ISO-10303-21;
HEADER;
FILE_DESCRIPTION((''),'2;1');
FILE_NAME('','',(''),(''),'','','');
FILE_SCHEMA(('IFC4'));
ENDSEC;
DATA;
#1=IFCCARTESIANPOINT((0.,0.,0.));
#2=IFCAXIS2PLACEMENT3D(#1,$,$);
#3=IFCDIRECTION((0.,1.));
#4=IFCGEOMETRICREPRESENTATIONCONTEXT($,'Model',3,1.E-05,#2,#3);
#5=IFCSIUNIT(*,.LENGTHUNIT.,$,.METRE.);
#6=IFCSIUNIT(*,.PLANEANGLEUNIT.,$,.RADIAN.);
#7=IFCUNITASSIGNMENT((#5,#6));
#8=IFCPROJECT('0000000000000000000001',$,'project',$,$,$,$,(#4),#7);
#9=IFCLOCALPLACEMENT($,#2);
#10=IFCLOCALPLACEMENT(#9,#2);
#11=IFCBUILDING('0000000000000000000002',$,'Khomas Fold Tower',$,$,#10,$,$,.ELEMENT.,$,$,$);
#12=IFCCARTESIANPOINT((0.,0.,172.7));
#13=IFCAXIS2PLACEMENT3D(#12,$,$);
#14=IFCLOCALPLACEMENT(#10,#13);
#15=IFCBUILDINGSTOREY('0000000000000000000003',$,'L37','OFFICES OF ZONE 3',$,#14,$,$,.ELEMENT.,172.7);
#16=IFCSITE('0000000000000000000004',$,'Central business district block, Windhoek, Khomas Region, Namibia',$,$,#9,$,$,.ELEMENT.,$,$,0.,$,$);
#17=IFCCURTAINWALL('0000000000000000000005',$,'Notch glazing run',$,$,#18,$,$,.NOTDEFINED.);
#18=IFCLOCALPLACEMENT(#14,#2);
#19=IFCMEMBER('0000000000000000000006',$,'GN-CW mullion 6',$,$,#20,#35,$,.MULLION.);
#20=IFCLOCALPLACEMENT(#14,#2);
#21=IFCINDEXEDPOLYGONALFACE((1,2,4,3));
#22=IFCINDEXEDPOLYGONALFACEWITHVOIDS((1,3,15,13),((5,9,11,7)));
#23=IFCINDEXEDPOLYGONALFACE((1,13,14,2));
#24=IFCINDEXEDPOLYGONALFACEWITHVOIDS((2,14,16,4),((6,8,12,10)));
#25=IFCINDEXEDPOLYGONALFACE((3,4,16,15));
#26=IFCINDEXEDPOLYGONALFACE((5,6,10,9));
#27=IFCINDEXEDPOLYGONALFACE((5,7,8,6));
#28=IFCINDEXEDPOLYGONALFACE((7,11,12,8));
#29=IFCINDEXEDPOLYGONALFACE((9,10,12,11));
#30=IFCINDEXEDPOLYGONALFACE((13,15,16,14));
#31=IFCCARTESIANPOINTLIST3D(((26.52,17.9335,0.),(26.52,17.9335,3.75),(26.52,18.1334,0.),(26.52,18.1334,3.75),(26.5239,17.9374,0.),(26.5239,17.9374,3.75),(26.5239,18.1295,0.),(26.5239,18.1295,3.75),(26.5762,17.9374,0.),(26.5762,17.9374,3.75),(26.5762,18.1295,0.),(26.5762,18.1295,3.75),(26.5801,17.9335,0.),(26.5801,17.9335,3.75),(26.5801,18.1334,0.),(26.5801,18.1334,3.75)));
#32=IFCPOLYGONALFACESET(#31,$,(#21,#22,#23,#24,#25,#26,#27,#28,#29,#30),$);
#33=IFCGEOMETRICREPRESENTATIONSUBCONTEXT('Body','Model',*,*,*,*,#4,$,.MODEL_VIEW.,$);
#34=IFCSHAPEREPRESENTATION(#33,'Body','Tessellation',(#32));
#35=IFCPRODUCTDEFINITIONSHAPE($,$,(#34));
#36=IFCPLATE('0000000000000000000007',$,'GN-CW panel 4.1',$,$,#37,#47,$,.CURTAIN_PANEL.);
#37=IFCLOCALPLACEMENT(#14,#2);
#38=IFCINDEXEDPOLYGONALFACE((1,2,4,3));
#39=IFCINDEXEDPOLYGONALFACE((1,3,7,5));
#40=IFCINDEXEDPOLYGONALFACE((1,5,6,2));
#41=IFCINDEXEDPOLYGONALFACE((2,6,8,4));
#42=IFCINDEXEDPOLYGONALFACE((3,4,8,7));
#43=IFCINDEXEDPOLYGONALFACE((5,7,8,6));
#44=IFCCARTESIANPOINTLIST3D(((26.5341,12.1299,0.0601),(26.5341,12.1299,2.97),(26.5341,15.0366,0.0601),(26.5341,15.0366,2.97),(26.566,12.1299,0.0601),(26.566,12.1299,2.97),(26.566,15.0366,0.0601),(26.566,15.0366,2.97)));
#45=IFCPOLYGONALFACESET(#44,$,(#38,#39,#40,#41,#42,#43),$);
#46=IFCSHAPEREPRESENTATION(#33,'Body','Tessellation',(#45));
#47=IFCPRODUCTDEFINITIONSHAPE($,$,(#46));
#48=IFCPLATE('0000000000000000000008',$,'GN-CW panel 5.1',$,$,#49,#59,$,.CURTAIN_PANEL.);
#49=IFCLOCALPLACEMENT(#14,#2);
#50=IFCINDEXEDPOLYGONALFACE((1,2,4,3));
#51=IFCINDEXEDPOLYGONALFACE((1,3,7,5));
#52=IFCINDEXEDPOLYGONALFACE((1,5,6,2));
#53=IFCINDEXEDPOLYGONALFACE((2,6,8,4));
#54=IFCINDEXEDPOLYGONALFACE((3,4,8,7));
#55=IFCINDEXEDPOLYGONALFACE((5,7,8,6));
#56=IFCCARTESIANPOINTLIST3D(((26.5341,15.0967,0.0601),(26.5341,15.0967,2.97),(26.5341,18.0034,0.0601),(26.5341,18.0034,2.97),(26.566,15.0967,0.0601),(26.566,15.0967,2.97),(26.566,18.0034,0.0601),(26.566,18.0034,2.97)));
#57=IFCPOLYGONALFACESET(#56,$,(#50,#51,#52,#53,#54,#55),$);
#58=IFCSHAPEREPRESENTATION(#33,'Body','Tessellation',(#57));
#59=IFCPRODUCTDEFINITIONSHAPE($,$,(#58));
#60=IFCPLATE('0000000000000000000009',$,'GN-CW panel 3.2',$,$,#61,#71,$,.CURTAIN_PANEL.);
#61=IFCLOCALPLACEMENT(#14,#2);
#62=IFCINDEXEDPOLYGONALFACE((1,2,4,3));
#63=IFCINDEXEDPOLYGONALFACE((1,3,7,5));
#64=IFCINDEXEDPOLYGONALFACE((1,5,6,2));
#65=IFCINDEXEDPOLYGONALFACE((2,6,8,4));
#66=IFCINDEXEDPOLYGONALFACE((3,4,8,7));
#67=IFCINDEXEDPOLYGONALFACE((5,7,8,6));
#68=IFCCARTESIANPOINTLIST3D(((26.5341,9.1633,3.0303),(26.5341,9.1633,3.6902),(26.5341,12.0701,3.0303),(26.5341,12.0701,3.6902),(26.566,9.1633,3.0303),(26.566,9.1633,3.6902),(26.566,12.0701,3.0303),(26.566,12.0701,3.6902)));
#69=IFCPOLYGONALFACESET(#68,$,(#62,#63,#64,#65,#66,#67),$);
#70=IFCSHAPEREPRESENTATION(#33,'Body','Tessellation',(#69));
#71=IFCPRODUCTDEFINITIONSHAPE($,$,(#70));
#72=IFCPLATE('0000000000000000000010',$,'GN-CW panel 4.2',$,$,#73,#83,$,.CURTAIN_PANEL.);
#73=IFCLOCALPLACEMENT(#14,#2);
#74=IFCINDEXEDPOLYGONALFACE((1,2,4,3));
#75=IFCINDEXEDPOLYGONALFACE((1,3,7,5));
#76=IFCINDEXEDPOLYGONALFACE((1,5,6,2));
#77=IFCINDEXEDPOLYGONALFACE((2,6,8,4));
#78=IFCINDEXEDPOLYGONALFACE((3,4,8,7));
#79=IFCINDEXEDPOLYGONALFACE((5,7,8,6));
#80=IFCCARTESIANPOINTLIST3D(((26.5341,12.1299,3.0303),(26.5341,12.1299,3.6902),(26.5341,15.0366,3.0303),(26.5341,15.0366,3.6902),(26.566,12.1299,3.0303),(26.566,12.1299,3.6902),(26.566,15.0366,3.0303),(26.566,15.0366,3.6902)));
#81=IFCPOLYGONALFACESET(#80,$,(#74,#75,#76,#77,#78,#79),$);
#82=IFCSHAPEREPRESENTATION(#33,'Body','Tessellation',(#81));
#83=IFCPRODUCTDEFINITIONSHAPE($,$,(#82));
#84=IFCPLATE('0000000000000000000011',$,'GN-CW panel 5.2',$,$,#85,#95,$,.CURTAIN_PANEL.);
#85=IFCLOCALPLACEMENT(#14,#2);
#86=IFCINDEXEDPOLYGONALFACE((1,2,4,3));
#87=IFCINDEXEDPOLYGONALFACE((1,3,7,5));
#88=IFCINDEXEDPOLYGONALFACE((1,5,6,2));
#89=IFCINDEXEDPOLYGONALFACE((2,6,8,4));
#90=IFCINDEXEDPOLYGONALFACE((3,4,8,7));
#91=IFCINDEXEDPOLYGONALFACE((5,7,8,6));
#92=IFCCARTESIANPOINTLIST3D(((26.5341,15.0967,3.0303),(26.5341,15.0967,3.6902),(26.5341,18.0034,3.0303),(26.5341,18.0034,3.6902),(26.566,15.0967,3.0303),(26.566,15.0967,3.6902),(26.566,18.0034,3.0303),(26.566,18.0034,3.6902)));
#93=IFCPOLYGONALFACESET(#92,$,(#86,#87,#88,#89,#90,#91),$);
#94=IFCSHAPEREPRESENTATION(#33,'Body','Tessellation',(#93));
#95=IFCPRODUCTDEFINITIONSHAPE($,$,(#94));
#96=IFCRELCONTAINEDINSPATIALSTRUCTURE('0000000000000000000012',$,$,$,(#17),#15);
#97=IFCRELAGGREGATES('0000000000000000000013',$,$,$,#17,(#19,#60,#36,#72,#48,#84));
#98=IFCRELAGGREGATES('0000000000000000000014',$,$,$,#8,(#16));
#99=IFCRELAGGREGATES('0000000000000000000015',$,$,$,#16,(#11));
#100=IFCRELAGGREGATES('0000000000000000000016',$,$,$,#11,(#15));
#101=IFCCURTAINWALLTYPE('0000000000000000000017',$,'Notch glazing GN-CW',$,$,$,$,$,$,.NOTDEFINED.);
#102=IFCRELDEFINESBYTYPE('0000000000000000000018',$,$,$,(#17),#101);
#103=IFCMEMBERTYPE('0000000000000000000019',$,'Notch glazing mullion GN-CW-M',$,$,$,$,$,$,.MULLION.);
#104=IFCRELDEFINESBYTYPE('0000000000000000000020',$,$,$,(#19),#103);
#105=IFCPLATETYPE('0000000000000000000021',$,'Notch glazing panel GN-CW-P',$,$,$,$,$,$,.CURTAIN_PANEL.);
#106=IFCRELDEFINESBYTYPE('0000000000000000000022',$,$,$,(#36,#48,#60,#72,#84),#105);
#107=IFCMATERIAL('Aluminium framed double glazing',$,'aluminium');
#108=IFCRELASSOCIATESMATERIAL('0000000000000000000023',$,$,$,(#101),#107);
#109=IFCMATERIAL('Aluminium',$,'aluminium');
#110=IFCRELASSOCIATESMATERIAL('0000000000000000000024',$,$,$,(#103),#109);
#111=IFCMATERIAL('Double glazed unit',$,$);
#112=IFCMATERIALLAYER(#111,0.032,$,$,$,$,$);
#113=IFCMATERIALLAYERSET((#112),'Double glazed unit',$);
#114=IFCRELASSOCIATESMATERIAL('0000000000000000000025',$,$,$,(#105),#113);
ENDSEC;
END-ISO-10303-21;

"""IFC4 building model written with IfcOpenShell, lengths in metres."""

from ifc_helpers import new_model, si_unit, direction, frame, origin, origin_2d, place, context, subcontext, project, spatial, rectangle, hollow_rectangle, extrude, source, transform, mapped, material, layer, layer_set, material_profile, profile_set, type_object, element, aggregate, save


model = new_model("IFC4")

# Units and contexts
model_context = context("Model", 3, precision=1e-05, world=origin(), true_north=direction((0.0, 1.0)))
body_context = subcontext(model_context, "Body", "Model", "MODEL_VIEW")
ifc_project = project(units=[si_unit("LENGTHUNIT", "METRE"), si_unit("PLANEANGLEUNIT", "RADIAN")], contexts=[model_context])

# Site, building, storey
site_placement = place(None, origin())
site = spatial("IfcSite", under=ifc_project, at=site_placement, Name="Central business district block, Windhoek, Khomas Region, Namibia", CompositionType="ELEMENT", RefElevation=0.0)
building_placement = place(site_placement, origin())
building = spatial("IfcBuilding", under=site, at=building_placement, Name="Khomas Fold Tower", CompositionType="ELEMENT")
storey_placement = place(building_placement, frame((0.0, 0.0, 172.7)))
storey = spatial("IfcBuildingStorey", under=building, at=storey_placement, Name="L37", Description="OFFICES OF ZONE 3", CompositionType="ELEMENT", Elevation=172.7)

# Curtain wall, member, plates
ifc_material_1 = material(Name="Aluminium framed double glazing", Category="aluminium")
curtain_wall_type = type_object("IfcCurtainWallType", Name="Notch glazing GN-CW", PredefinedType="NOTDEFINED", material=ifc_material_1)
curtain_wall_placement = place(storey_placement, origin())
curtain_wall = element("IfcCurtainWall", 1, at=curtain_wall_placement, inside=storey, type_object=curtain_wall_type, Name="Notch glazing run", PredefinedType="NOTDEFINED")
ifc_material_2 = material(Name="Aluminium", Category="aluminium")
ifc_material_profile_1 = material_profile(ifc_material_2, hollow_rectangle(XDim=0.0601, YDim=0.2, WallThickness=0.0039, at=origin_2d()), Name="Notch glazing mullion GN-CW-M")
ifc_profile_set_1 = profile_set([ifc_material_profile_1], Name="Aluminium")
member_type_1 = type_object("IfcMemberType", Name="Notch glazing mullion GN-CW-M", PredefinedType="MULLION", material=ifc_profile_set_1)
shared_shape_1 = source(origin(), body_context, "Body", "SweptSolid", [
    extrude(hollow_rectangle(XDim=0.0601, YDim=0.2, WallThickness=0.0039, at=origin_2d()), origin(), (0.0, 0.0, 1.0), 3.75),
])
member_1_placement = place(storey_placement, frame((26.55, 18.0334, 0.0), z_axis=(0.0, 0.0, 1.0), x_axis=(-1.0, 0.0, 0.0)))
member_1 = element("IfcMember", 2, at=member_1_placement, type_object=member_type_1, Name="GN-CW mullion 6", PredefinedType="MULLION", context=body_context, shape_type="MappedRepresentation", body=[
    mapped(shared_shape_1, transform((0.0, 0.0, 0.0))),
])
ifc_material_3 = material(Name="Double glazed unit")
ifc_layer = layer(ifc_material_3, 0.032)
ifc_layer_set = layer_set([ifc_layer], Name="Double glazed unit")
plate_type = type_object("IfcPlateType", Name="Notch glazing panel GN-CW-P", PredefinedType="CURTAIN_PANEL", material=ifc_layer_set)
shared_shape_2 = source(origin(), body_context, "Body", "SweptSolid", [
    extrude(rectangle(XDim=2.9067, YDim=0.032, at=origin_2d()), origin(), (0.0, 0.0, 1.0), 2.9099),
])
plate_1_placement = place(storey_placement, frame((26.55, 13.5833, 0.0601), z_axis=(0.0, 0.0, 1.0), x_axis=(0.0, 1.0, 0.0)))
plate_1 = element("IfcPlate", 3, at=plate_1_placement, type_object=plate_type, Name="GN-CW panel 4.1", PredefinedType="CURTAIN_PANEL", context=body_context, shape_type="MappedRepresentation", body=[
    mapped(shared_shape_2, transform((0.0, 0.0, 0.0))),
])
plate_2_placement = place(storey_placement, frame((26.55, 16.55, 0.0601), z_axis=(0.0, 0.0, 1.0), x_axis=(0.0, 1.0, 0.0)))
plate_2 = element("IfcPlate", 4, at=plate_2_placement, type_object=plate_type, Name="GN-CW panel 5.1", PredefinedType="CURTAIN_PANEL", context=body_context, shape_type="MappedRepresentation", body=[
    mapped(shared_shape_2, transform((0.0, 0.0, 0.0))),
])
shared_shape_3 = source(origin(), body_context, "Body", "SweptSolid", [
    extrude(rectangle(XDim=2.9067, YDim=0.032, at=origin_2d()), origin(), (0.0, 0.0, 1.0), 0.6599),
])
plate_3_placement = place(storey_placement, frame((26.55, 10.6167, 3.0303), z_axis=(0.0, 0.0, 1.0), x_axis=(0.0, 1.0, 0.0)))
plate_3 = element("IfcPlate", 5, at=plate_3_placement, type_object=plate_type, Name="GN-CW panel 3.2", PredefinedType="CURTAIN_PANEL", context=body_context, shape_type="MappedRepresentation", body=[
    mapped(shared_shape_3, transform((0.0, 0.0, 0.0))),
])
plate_4_placement = place(storey_placement, frame((26.55, 13.5833, 3.0303), z_axis=(0.0, 0.0, 1.0), x_axis=(0.0, 1.0, 0.0)))
plate_4 = element("IfcPlate", 6, at=plate_4_placement, type_object=plate_type, Name="GN-CW panel 4.2", PredefinedType="CURTAIN_PANEL", context=body_context, shape_type="MappedRepresentation", body=[
    mapped(shared_shape_3, transform((0.0, 0.0, 0.0))),
])
plate_5_placement = place(storey_placement, frame((26.55, 16.55, 3.0303), z_axis=(0.0, 0.0, 1.0), x_axis=(0.0, 1.0, 0.0)))
plate_5 = element("IfcPlate", 7, at=plate_5_placement, type_object=plate_type, Name="GN-CW panel 5.2", PredefinedType="CURTAIN_PANEL", context=body_context, shape_type="MappedRepresentation", body=[
    mapped(shared_shape_3, transform((0.0, 0.0, 0.0))),
])
aggregate(curtain_wall, [member_1, plate_3, plate_1, plate_4, plate_2, plate_5])

save(model, "model.ifc")
